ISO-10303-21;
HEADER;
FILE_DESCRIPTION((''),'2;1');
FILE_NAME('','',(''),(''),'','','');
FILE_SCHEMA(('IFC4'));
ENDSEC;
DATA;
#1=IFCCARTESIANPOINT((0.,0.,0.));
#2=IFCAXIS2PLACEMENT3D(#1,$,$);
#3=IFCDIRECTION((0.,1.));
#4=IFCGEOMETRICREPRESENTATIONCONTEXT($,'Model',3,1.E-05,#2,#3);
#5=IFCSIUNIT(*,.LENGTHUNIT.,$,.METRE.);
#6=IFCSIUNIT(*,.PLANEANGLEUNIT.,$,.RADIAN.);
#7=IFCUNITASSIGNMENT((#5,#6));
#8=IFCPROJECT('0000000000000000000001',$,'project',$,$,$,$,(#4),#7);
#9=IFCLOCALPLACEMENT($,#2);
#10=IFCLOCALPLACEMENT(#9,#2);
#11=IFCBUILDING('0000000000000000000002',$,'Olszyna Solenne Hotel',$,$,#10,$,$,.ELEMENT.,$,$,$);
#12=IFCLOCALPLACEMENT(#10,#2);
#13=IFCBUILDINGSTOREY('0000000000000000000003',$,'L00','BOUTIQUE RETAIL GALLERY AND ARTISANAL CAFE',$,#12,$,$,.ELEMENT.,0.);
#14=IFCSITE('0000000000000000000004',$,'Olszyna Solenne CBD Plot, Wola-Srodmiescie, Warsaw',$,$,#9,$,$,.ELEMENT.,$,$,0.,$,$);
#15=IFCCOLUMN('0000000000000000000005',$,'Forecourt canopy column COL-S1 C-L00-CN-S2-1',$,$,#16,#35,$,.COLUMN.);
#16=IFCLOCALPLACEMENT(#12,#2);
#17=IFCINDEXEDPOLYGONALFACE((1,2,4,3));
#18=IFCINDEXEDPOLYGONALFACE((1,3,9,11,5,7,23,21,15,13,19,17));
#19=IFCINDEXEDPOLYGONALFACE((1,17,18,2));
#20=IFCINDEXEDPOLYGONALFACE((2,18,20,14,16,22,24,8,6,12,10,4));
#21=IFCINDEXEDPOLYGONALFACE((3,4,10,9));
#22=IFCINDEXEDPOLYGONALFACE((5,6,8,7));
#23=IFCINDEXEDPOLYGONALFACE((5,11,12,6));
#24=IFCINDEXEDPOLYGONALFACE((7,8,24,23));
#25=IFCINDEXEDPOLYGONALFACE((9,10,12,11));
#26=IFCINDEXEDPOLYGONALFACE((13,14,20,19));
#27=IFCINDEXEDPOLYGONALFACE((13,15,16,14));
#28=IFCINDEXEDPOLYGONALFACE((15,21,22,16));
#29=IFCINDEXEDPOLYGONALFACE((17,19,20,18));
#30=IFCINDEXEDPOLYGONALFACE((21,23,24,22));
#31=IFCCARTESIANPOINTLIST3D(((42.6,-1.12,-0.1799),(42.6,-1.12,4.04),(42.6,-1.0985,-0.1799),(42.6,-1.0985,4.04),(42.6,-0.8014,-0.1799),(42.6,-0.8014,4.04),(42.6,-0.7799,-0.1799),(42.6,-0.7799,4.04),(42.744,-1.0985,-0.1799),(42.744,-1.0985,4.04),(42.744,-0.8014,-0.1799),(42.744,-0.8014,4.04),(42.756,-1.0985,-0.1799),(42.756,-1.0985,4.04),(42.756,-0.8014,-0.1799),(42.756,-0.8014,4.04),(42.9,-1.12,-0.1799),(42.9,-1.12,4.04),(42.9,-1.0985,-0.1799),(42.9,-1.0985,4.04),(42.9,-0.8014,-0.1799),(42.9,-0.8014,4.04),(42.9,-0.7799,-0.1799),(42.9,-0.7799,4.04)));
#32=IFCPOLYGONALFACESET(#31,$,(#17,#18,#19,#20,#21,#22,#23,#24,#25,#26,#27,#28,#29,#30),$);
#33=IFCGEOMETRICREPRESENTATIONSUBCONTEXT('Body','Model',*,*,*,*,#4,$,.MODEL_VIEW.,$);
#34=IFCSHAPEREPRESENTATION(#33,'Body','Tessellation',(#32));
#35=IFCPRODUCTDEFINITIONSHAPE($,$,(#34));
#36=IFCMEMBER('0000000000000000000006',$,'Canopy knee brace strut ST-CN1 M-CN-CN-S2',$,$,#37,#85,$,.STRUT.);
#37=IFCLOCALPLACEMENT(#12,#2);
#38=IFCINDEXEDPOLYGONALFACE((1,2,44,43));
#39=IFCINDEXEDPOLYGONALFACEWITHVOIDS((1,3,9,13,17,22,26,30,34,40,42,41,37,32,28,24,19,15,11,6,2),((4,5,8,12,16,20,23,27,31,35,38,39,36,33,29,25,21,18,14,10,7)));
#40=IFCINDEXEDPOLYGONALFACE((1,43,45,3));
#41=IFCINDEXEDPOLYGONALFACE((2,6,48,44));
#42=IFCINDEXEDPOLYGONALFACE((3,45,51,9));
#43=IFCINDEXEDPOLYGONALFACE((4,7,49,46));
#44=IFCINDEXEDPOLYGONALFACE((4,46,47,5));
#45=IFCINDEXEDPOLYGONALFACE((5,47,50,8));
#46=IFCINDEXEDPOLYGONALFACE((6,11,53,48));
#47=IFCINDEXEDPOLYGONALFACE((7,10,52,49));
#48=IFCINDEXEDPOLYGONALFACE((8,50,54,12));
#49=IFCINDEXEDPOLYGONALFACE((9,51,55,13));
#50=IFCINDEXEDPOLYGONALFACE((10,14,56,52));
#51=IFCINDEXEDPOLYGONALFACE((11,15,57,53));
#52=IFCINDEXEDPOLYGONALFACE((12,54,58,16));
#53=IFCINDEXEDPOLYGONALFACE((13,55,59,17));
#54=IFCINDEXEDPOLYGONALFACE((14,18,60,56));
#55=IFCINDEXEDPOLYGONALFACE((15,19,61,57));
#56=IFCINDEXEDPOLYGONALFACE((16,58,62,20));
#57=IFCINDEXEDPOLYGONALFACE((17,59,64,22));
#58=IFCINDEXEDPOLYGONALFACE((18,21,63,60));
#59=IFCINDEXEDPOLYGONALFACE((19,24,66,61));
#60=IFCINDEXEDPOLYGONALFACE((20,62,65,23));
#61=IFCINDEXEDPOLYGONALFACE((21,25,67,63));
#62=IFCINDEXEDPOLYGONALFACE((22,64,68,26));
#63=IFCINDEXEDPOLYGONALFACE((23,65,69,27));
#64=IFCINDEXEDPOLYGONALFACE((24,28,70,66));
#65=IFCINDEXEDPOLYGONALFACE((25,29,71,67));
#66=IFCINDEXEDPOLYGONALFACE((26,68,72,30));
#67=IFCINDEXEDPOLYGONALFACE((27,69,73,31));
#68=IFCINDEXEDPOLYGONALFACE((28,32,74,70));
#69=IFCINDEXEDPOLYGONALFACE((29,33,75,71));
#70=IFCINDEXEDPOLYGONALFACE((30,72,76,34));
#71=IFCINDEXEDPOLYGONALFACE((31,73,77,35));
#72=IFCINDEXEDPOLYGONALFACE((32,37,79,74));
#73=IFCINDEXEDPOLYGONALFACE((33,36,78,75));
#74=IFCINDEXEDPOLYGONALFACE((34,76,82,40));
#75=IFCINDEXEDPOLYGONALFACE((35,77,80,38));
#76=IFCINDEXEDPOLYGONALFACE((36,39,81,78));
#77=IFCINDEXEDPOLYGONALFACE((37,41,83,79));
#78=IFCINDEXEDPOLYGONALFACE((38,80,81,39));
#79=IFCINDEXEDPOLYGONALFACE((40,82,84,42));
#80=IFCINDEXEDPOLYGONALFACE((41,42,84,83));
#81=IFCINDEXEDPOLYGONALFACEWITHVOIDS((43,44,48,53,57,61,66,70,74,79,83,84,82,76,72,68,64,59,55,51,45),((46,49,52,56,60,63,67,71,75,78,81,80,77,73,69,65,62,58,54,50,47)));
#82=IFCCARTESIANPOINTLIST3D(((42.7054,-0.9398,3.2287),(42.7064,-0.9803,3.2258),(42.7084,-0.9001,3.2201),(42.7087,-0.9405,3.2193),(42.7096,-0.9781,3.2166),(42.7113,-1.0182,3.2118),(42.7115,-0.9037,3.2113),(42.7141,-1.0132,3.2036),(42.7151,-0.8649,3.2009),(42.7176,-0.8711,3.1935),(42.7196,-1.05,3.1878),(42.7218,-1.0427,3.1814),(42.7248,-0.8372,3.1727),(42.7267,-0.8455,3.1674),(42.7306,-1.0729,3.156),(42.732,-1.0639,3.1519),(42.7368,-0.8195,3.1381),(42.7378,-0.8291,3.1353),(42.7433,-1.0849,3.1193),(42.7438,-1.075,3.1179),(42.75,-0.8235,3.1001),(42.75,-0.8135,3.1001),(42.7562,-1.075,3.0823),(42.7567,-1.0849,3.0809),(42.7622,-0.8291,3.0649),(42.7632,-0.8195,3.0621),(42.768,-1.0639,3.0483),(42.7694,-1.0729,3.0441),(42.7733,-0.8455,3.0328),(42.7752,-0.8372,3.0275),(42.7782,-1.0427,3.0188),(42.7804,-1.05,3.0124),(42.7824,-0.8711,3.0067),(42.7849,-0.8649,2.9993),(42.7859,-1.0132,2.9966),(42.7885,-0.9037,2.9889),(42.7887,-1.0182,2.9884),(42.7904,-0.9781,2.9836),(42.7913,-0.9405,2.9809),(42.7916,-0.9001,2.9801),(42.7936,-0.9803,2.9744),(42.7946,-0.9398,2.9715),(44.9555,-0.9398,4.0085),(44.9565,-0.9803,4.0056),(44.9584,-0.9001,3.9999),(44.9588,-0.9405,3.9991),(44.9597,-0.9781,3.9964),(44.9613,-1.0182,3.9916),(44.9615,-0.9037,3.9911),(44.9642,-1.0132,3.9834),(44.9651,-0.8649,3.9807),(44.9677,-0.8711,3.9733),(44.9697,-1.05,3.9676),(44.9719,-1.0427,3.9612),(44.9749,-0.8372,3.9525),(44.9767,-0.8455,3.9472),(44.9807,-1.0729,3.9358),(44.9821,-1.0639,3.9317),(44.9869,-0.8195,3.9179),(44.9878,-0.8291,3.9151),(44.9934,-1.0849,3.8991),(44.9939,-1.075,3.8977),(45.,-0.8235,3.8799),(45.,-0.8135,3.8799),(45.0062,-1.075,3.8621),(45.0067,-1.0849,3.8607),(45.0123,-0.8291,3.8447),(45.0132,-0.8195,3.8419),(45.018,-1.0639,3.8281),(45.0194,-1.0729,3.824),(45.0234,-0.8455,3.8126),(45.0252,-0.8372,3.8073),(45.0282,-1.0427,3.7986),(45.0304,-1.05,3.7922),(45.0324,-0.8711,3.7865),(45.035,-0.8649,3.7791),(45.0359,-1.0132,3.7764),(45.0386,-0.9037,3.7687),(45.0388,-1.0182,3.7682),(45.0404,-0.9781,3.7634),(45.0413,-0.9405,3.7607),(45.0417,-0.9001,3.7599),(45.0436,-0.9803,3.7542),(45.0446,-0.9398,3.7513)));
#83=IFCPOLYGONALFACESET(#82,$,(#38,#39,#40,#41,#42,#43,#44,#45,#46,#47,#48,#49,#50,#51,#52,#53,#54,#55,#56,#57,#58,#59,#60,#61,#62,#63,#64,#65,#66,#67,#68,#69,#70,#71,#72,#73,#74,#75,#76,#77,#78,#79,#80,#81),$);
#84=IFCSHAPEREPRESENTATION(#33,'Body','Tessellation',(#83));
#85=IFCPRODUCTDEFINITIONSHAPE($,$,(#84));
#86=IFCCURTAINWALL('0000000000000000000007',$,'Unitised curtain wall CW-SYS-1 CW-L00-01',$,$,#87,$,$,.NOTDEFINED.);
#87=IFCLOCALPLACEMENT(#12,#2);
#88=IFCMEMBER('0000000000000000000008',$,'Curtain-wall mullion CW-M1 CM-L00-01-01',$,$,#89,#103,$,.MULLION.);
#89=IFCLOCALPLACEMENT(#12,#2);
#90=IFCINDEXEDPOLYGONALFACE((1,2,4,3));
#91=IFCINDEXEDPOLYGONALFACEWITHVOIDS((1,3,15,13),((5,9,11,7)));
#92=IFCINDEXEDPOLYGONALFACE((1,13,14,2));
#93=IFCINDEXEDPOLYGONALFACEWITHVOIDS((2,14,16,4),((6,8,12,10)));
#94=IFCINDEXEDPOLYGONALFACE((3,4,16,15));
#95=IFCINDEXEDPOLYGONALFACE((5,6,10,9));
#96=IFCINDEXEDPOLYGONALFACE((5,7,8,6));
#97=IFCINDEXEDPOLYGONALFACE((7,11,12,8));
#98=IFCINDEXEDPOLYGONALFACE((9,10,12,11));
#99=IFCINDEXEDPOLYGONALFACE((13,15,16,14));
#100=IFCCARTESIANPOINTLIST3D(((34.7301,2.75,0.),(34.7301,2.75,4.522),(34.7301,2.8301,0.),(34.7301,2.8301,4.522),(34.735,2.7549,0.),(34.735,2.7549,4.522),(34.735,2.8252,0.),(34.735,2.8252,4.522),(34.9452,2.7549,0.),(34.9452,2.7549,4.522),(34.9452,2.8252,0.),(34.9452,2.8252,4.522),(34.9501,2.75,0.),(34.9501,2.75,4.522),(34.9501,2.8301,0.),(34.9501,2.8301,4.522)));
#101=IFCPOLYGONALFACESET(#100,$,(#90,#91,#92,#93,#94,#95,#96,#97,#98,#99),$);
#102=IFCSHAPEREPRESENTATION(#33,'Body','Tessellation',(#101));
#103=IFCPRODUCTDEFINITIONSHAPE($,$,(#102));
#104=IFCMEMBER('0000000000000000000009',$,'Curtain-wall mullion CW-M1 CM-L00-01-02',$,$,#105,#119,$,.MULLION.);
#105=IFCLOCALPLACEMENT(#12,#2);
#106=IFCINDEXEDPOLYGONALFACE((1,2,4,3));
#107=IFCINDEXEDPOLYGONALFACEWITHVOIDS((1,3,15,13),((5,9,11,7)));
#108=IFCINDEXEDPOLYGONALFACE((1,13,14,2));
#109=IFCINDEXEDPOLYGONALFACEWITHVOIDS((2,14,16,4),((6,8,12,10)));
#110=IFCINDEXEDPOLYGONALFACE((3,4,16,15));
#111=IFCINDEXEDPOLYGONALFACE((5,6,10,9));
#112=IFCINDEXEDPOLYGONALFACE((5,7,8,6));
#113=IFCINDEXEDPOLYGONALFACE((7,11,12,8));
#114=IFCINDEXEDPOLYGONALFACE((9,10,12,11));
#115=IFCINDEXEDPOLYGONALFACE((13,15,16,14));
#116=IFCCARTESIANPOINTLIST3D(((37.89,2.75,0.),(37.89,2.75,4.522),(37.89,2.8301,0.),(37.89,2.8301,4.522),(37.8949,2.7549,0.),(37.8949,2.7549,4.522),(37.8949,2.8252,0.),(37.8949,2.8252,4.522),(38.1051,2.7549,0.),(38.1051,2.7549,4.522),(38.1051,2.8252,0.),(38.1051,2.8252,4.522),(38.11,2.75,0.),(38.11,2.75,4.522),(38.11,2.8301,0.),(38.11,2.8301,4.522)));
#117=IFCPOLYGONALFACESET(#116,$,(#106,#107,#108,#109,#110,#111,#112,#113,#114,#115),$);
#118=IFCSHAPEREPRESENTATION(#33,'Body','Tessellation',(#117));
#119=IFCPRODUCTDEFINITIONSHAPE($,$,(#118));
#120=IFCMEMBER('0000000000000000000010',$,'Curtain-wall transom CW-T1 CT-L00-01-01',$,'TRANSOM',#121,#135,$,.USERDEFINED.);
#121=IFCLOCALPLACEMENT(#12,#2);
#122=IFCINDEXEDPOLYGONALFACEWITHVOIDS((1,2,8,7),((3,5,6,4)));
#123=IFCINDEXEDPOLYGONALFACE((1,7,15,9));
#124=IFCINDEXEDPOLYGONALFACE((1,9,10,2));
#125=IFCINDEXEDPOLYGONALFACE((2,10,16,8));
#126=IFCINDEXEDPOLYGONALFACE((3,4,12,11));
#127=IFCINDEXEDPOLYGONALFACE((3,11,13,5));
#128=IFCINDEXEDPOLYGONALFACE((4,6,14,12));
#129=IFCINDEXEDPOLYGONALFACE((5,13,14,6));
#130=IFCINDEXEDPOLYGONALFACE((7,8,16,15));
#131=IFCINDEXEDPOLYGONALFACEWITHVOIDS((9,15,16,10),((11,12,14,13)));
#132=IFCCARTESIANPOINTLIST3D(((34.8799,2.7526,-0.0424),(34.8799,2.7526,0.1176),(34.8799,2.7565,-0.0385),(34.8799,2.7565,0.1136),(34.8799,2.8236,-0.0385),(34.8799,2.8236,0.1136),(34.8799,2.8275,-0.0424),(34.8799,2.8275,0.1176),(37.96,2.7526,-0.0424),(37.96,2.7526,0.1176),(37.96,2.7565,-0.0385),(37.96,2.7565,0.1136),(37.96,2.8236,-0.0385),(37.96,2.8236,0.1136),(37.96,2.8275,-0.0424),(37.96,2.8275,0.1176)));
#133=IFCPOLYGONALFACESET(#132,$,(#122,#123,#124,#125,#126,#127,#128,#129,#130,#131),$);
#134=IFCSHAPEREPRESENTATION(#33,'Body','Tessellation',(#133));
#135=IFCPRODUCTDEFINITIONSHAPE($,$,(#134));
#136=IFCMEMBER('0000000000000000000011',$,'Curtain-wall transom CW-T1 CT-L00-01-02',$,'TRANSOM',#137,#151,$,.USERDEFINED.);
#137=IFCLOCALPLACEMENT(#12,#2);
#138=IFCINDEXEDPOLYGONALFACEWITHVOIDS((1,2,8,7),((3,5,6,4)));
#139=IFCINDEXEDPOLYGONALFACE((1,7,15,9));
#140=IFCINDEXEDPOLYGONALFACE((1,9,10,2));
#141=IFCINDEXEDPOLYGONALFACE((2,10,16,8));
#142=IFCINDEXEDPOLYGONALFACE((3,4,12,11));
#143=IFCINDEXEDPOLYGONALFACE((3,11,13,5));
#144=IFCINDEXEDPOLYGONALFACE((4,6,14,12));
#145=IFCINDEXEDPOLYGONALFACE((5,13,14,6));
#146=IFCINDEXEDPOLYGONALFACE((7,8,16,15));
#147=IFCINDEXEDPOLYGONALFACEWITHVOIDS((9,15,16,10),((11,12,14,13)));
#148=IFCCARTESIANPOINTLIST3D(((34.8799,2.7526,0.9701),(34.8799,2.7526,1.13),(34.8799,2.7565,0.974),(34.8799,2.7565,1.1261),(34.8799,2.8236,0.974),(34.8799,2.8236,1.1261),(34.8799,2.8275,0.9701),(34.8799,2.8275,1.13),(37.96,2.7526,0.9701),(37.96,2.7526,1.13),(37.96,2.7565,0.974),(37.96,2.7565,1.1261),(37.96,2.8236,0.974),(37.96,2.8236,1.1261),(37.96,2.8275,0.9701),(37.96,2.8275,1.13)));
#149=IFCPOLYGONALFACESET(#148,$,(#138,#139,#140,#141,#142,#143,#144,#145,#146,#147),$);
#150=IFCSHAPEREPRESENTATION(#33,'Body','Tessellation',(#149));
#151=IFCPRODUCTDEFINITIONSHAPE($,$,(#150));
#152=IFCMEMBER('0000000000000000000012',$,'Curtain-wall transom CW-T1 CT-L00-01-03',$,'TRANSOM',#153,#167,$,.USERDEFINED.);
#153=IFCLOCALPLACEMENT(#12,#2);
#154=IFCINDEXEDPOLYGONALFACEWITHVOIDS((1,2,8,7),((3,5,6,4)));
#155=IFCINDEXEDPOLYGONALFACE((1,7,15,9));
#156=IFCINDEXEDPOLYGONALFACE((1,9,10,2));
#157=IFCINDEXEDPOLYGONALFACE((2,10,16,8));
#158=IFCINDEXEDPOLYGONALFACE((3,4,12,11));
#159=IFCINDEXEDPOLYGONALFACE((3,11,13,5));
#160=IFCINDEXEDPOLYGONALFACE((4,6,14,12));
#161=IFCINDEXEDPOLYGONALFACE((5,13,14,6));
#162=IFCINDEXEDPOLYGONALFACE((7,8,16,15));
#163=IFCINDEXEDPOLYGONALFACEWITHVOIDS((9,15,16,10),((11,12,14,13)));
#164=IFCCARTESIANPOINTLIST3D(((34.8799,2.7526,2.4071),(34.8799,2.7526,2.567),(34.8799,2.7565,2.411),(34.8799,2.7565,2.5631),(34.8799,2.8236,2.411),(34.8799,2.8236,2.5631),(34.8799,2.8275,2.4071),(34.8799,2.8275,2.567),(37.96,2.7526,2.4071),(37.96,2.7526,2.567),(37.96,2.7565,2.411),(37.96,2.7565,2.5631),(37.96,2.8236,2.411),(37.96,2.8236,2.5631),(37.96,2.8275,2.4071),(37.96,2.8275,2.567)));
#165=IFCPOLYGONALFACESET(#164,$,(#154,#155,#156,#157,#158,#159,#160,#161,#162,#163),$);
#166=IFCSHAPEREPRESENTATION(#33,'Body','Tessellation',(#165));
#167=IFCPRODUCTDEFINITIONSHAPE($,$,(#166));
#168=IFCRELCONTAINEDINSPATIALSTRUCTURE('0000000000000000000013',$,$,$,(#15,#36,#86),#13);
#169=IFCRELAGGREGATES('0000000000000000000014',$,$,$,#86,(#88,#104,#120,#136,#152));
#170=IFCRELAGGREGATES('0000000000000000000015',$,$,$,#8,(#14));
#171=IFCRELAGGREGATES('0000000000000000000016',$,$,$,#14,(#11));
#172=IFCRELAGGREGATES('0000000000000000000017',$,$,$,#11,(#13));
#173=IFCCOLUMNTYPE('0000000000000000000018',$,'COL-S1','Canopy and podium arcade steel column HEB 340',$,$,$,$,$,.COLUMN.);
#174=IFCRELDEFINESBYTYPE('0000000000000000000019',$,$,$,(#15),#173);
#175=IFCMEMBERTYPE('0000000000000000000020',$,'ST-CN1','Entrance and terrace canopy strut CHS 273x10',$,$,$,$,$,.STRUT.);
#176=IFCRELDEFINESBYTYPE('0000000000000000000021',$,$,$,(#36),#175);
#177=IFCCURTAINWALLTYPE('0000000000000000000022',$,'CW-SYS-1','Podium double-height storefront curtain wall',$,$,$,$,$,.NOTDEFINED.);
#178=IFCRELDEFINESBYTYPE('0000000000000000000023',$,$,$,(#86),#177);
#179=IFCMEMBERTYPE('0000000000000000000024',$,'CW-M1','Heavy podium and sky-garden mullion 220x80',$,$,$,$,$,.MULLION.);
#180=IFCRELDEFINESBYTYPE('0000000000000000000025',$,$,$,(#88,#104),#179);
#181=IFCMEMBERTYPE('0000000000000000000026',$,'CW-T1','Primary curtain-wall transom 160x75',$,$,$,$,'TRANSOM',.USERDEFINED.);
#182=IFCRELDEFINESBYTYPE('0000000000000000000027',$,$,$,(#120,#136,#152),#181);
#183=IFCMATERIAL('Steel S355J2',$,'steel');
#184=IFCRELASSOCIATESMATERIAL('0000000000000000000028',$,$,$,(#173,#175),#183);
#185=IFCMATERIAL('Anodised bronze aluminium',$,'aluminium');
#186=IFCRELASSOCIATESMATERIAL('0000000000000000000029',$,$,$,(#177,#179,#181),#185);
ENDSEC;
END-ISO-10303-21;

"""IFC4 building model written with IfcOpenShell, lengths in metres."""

from ifc_helpers import new_model, si_unit, direction, frame, origin, origin_2d, place, context, subcontext, project, spatial, hollow_rectangle, hollow_circle, i_section, extrude, source, transform, mapped, material, material_profile, profile_set, type_object, element, aggregate, save


model = new_model("IFC4")

# Units and contexts
model_context = context("Model", 3, precision=1e-05, world=origin(), true_north=direction((0.0, 1.0)))
body_context = subcontext(model_context, "Body", "Model", "MODEL_VIEW")
ifc_project = project(units=[si_unit("LENGTHUNIT", "METRE"), si_unit("PLANEANGLEUNIT", "RADIAN")], contexts=[model_context])

# Site, building, storey
site_placement = place(None, origin())
site = spatial("IfcSite", under=ifc_project, at=site_placement, Name="Olszyna Solenne CBD Plot, Wola-Srodmiescie, Warsaw", CompositionType="ELEMENT", RefElevation=0.0)
building_placement = place(site_placement, origin())
building = spatial("IfcBuilding", under=site, at=building_placement, Name="Olszyna Solenne Hotel", CompositionType="ELEMENT")
storey_placement = place(building_placement, origin())
storey = spatial("IfcBuildingStorey", under=building, at=storey_placement, Name="L00", Description="BOUTIQUE RETAIL GALLERY AND ARTISANAL CAFE", CompositionType="ELEMENT", Elevation=0.0)

# Column
ifc_material_1 = material(Name="Steel S355J2", Category="steel")
ifc_material_profile_1 = material_profile(ifc_material_1, i_section(OverallWidth=0.3, OverallDepth=0.3401, WebThickness=0.012, FlangeThickness=0.0215, at=origin_2d()), Name="HEB 340", Category="load-bearing")
ifc_profile_set_1 = profile_set([ifc_material_profile_1], Name="Steel S355J2")
column_type = type_object("IfcColumnType", Name="COL-S1", Description="Canopy and podium arcade steel column HEB 340", PredefinedType="COLUMN", material=ifc_profile_set_1)
shared_shape_1 = source(origin(), body_context, "Body", "SweptSolid", [
    extrude(i_section(OverallWidth=0.3, OverallDepth=0.3401, WebThickness=0.012, FlangeThickness=0.0215, at=origin_2d()), origin(), (0.0, 0.0, 1.0), 4.22),
])
column_placement = place(storey_placement, frame((42.75, -0.95, -0.1799), z_axis=(0.0, 0.0, 1.0), x_axis=(1.0, 0.0, 0.0)))
element("IfcColumn", 1, at=column_placement, inside=storey, type_object=column_type, Name="Forecourt canopy column COL-S1 C-L00-CN-S2-1", PredefinedType="COLUMN", context=body_context, shape_type="MappedRepresentation", body=[
    mapped(shared_shape_1, transform((0.0, 0.0, 0.0), x_axis=(1.0, 0.0, 0.0), y_axis=(0.0, 1.0, 0.0), z_axis=(0.0, 0.0, 1.0), scale=1.0)),
])

# Member
ifc_material_profile_2 = material_profile(ifc_material_1, hollow_circle(Radius=0.1365, WallThickness=0.01, at=origin_2d()), Name="CHS 273x10", Category="load-bearing")
ifc_profile_set_2 = profile_set([ifc_material_profile_2], Name="Steel S355J2")
member_type_1 = type_object("IfcMemberType", Name="ST-CN1", Description="Entrance and terrace canopy strut CHS 273x10", PredefinedType="STRUT", material=ifc_profile_set_2)
shared_shape_2 = source(origin(), body_context, "Body", "SweptSolid", [
    extrude(hollow_circle(Radius=0.1365, WallThickness=0.01, at=origin_2d()), origin(), (0.0, 0.0, 1.0), 2.3813),
])
member_1_placement = place(storey_placement, frame((42.75, -0.95, 3.1001), z_axis=(0.944864, 0.0, 0.327463), x_axis=(0.0, 1.0, 0.0)))
element("IfcMember", 2, at=member_1_placement, inside=storey, type_object=member_type_1, Name="Canopy knee brace strut ST-CN1 M-CN-CN-S2", PredefinedType="STRUT", context=body_context, shape_type="MappedRepresentation", body=[
    mapped(shared_shape_2, transform((0.0, 0.0, 0.0), x_axis=(1.0, 0.0, 0.0), y_axis=(0.0, 1.0, 0.0), z_axis=(0.0, 0.0, 1.0), scale=1.0)),
])

# Curtain wall, members
ifc_material_2 = material(Name="Anodised bronze aluminium", Category="aluminium")
curtain_wall_type = type_object("IfcCurtainWallType", Name="CW-SYS-1", Description="Podium double-height storefront curtain wall", PredefinedType="NOTDEFINED", material=ifc_material_2)
curtain_wall_placement = place(storey_placement, origin())
curtain_wall = element("IfcCurtainWall", 3, at=curtain_wall_placement, inside=storey, type_object=curtain_wall_type, Name="Unitised curtain wall CW-SYS-1 CW-L00-01", PredefinedType="NOTDEFINED")
ifc_material_profile_3 = material_profile(ifc_material_2, hollow_rectangle(XDim=0.0801, YDim=0.22, WallThickness=0.0049, at=origin_2d()), Name="MULL 220x80x5", Category="load-bearing")
ifc_profile_set_3 = profile_set([ifc_material_profile_3], Name="Anodised bronze aluminium")
member_type_2 = type_object("IfcMemberType", Name="CW-M1", Description="Heavy podium and sky-garden mullion 220x80", PredefinedType="MULLION", material=ifc_profile_set_3)
shared_shape_3 = source(origin(), body_context, "Body", "SweptSolid", [
    extrude(hollow_rectangle(XDim=0.0801, YDim=0.22, WallThickness=0.0049, at=origin_2d()), origin(), (0.0, 0.0, 1.0), 4.522),
])
member_2_placement = place(storey_placement, frame((34.8401, 2.79, 0.0), z_axis=(0.0, 0.0, 1.0), x_axis=(0.0, 1.0, 0.0)))
member_2 = element("IfcMember", 4, at=member_2_placement, type_object=member_type_2, Name="Curtain-wall mullion CW-M1 CM-L00-01-01", PredefinedType="MULLION", context=body_context, shape_type="MappedRepresentation", body=[
    mapped(shared_shape_3, transform((0.0, 0.0, 0.0), x_axis=(1.0, 0.0, 0.0), y_axis=(0.0, 1.0, 0.0), z_axis=(0.0, 0.0, 1.0), scale=1.0)),
])
member_3_placement = place(storey_placement, frame((38.0, 2.79, 0.0), z_axis=(0.0, 0.0, 1.0), x_axis=(0.0, 1.0, 0.0)))
member_3 = element("IfcMember", 5, at=member_3_placement, type_object=member_type_2, Name="Curtain-wall mullion CW-M1 CM-L00-01-02", PredefinedType="MULLION", context=body_context, shape_type="MappedRepresentation", body=[
    mapped(shared_shape_3, transform((0.0, 0.0, 0.0), x_axis=(1.0, 0.0, 0.0), y_axis=(0.0, 1.0, 0.0), z_axis=(0.0, 0.0, 1.0), scale=1.0)),
])
ifc_material_profile_4 = material_profile(ifc_material_2, hollow_rectangle(XDim=0.075, YDim=0.1599, WallThickness=0.0039, at=origin_2d()), Name="TRAN 160x75x4", Category="load-bearing")
ifc_profile_set_4 = profile_set([ifc_material_profile_4], Name="Anodised bronze aluminium")
member_type_3 = type_object("IfcMemberType", Name="CW-T1", Description="Primary curtain-wall transom 160x75", ElementType="TRANSOM", PredefinedType="USERDEFINED", material=ifc_profile_set_4)
shared_shape_4 = source(origin(), body_context, "Body", "SweptSolid", [
    extrude(hollow_rectangle(XDim=0.075, YDim=0.1599, WallThickness=0.0039, at=origin_2d()), origin(), (0.0, 0.0, 1.0), 3.0801),
])
member_4_placement = place(storey_placement, frame((34.8799, 2.79, 0.0376), z_axis=(1.0, 0.0, 0.0), x_axis=(0.0, 1.0, 0.0)))
member_4 = element("IfcMember", 6, at=member_4_placement, type_object=member_type_3, Name="Curtain-wall transom CW-T1 CT-L00-01-01", ObjectType="TRANSOM", PredefinedType="USERDEFINED", context=body_context, shape_type="MappedRepresentation", body=[
    mapped(shared_shape_4, transform((0.0, 0.0, 0.0), x_axis=(1.0, 0.0, 0.0), y_axis=(0.0, 1.0, 0.0), z_axis=(0.0, 0.0, 1.0), scale=1.0)),
])
member_5_placement = place(storey_placement, frame((34.8799, 2.79, 1.05), z_axis=(1.0, 0.0, 0.0), x_axis=(0.0, 1.0, 0.0)))
member_5 = element("IfcMember", 7, at=member_5_placement, type_object=member_type_3, Name="Curtain-wall transom CW-T1 CT-L00-01-02", ObjectType="TRANSOM", PredefinedType="USERDEFINED", context=body_context, shape_type="MappedRepresentation", body=[
    mapped(shared_shape_4, transform((0.0, 0.0, 0.0), x_axis=(1.0, 0.0, 0.0), y_axis=(0.0, 1.0, 0.0), z_axis=(0.0, 0.0, 1.0), scale=1.0)),
])
member_6_placement = place(storey_placement, frame((34.8799, 2.79, 2.4871), z_axis=(1.0, 0.0, 0.0), x_axis=(0.0, 1.0, 0.0)))
member_6 = element("IfcMember", 8, at=member_6_placement, type_object=member_type_3, Name="Curtain-wall transom CW-T1 CT-L00-01-03", ObjectType="TRANSOM", PredefinedType="USERDEFINED", context=body_context, shape_type="MappedRepresentation", body=[
    mapped(shared_shape_4, transform((0.0, 0.0, 0.0), x_axis=(1.0, 0.0, 0.0), y_axis=(0.0, 1.0, 0.0), z_axis=(0.0, 0.0, 1.0), scale=1.0)),
])

aggregate(curtain_wall, [member_2, member_3, member_4, member_5, member_6])

save(model, "model.ifc")
